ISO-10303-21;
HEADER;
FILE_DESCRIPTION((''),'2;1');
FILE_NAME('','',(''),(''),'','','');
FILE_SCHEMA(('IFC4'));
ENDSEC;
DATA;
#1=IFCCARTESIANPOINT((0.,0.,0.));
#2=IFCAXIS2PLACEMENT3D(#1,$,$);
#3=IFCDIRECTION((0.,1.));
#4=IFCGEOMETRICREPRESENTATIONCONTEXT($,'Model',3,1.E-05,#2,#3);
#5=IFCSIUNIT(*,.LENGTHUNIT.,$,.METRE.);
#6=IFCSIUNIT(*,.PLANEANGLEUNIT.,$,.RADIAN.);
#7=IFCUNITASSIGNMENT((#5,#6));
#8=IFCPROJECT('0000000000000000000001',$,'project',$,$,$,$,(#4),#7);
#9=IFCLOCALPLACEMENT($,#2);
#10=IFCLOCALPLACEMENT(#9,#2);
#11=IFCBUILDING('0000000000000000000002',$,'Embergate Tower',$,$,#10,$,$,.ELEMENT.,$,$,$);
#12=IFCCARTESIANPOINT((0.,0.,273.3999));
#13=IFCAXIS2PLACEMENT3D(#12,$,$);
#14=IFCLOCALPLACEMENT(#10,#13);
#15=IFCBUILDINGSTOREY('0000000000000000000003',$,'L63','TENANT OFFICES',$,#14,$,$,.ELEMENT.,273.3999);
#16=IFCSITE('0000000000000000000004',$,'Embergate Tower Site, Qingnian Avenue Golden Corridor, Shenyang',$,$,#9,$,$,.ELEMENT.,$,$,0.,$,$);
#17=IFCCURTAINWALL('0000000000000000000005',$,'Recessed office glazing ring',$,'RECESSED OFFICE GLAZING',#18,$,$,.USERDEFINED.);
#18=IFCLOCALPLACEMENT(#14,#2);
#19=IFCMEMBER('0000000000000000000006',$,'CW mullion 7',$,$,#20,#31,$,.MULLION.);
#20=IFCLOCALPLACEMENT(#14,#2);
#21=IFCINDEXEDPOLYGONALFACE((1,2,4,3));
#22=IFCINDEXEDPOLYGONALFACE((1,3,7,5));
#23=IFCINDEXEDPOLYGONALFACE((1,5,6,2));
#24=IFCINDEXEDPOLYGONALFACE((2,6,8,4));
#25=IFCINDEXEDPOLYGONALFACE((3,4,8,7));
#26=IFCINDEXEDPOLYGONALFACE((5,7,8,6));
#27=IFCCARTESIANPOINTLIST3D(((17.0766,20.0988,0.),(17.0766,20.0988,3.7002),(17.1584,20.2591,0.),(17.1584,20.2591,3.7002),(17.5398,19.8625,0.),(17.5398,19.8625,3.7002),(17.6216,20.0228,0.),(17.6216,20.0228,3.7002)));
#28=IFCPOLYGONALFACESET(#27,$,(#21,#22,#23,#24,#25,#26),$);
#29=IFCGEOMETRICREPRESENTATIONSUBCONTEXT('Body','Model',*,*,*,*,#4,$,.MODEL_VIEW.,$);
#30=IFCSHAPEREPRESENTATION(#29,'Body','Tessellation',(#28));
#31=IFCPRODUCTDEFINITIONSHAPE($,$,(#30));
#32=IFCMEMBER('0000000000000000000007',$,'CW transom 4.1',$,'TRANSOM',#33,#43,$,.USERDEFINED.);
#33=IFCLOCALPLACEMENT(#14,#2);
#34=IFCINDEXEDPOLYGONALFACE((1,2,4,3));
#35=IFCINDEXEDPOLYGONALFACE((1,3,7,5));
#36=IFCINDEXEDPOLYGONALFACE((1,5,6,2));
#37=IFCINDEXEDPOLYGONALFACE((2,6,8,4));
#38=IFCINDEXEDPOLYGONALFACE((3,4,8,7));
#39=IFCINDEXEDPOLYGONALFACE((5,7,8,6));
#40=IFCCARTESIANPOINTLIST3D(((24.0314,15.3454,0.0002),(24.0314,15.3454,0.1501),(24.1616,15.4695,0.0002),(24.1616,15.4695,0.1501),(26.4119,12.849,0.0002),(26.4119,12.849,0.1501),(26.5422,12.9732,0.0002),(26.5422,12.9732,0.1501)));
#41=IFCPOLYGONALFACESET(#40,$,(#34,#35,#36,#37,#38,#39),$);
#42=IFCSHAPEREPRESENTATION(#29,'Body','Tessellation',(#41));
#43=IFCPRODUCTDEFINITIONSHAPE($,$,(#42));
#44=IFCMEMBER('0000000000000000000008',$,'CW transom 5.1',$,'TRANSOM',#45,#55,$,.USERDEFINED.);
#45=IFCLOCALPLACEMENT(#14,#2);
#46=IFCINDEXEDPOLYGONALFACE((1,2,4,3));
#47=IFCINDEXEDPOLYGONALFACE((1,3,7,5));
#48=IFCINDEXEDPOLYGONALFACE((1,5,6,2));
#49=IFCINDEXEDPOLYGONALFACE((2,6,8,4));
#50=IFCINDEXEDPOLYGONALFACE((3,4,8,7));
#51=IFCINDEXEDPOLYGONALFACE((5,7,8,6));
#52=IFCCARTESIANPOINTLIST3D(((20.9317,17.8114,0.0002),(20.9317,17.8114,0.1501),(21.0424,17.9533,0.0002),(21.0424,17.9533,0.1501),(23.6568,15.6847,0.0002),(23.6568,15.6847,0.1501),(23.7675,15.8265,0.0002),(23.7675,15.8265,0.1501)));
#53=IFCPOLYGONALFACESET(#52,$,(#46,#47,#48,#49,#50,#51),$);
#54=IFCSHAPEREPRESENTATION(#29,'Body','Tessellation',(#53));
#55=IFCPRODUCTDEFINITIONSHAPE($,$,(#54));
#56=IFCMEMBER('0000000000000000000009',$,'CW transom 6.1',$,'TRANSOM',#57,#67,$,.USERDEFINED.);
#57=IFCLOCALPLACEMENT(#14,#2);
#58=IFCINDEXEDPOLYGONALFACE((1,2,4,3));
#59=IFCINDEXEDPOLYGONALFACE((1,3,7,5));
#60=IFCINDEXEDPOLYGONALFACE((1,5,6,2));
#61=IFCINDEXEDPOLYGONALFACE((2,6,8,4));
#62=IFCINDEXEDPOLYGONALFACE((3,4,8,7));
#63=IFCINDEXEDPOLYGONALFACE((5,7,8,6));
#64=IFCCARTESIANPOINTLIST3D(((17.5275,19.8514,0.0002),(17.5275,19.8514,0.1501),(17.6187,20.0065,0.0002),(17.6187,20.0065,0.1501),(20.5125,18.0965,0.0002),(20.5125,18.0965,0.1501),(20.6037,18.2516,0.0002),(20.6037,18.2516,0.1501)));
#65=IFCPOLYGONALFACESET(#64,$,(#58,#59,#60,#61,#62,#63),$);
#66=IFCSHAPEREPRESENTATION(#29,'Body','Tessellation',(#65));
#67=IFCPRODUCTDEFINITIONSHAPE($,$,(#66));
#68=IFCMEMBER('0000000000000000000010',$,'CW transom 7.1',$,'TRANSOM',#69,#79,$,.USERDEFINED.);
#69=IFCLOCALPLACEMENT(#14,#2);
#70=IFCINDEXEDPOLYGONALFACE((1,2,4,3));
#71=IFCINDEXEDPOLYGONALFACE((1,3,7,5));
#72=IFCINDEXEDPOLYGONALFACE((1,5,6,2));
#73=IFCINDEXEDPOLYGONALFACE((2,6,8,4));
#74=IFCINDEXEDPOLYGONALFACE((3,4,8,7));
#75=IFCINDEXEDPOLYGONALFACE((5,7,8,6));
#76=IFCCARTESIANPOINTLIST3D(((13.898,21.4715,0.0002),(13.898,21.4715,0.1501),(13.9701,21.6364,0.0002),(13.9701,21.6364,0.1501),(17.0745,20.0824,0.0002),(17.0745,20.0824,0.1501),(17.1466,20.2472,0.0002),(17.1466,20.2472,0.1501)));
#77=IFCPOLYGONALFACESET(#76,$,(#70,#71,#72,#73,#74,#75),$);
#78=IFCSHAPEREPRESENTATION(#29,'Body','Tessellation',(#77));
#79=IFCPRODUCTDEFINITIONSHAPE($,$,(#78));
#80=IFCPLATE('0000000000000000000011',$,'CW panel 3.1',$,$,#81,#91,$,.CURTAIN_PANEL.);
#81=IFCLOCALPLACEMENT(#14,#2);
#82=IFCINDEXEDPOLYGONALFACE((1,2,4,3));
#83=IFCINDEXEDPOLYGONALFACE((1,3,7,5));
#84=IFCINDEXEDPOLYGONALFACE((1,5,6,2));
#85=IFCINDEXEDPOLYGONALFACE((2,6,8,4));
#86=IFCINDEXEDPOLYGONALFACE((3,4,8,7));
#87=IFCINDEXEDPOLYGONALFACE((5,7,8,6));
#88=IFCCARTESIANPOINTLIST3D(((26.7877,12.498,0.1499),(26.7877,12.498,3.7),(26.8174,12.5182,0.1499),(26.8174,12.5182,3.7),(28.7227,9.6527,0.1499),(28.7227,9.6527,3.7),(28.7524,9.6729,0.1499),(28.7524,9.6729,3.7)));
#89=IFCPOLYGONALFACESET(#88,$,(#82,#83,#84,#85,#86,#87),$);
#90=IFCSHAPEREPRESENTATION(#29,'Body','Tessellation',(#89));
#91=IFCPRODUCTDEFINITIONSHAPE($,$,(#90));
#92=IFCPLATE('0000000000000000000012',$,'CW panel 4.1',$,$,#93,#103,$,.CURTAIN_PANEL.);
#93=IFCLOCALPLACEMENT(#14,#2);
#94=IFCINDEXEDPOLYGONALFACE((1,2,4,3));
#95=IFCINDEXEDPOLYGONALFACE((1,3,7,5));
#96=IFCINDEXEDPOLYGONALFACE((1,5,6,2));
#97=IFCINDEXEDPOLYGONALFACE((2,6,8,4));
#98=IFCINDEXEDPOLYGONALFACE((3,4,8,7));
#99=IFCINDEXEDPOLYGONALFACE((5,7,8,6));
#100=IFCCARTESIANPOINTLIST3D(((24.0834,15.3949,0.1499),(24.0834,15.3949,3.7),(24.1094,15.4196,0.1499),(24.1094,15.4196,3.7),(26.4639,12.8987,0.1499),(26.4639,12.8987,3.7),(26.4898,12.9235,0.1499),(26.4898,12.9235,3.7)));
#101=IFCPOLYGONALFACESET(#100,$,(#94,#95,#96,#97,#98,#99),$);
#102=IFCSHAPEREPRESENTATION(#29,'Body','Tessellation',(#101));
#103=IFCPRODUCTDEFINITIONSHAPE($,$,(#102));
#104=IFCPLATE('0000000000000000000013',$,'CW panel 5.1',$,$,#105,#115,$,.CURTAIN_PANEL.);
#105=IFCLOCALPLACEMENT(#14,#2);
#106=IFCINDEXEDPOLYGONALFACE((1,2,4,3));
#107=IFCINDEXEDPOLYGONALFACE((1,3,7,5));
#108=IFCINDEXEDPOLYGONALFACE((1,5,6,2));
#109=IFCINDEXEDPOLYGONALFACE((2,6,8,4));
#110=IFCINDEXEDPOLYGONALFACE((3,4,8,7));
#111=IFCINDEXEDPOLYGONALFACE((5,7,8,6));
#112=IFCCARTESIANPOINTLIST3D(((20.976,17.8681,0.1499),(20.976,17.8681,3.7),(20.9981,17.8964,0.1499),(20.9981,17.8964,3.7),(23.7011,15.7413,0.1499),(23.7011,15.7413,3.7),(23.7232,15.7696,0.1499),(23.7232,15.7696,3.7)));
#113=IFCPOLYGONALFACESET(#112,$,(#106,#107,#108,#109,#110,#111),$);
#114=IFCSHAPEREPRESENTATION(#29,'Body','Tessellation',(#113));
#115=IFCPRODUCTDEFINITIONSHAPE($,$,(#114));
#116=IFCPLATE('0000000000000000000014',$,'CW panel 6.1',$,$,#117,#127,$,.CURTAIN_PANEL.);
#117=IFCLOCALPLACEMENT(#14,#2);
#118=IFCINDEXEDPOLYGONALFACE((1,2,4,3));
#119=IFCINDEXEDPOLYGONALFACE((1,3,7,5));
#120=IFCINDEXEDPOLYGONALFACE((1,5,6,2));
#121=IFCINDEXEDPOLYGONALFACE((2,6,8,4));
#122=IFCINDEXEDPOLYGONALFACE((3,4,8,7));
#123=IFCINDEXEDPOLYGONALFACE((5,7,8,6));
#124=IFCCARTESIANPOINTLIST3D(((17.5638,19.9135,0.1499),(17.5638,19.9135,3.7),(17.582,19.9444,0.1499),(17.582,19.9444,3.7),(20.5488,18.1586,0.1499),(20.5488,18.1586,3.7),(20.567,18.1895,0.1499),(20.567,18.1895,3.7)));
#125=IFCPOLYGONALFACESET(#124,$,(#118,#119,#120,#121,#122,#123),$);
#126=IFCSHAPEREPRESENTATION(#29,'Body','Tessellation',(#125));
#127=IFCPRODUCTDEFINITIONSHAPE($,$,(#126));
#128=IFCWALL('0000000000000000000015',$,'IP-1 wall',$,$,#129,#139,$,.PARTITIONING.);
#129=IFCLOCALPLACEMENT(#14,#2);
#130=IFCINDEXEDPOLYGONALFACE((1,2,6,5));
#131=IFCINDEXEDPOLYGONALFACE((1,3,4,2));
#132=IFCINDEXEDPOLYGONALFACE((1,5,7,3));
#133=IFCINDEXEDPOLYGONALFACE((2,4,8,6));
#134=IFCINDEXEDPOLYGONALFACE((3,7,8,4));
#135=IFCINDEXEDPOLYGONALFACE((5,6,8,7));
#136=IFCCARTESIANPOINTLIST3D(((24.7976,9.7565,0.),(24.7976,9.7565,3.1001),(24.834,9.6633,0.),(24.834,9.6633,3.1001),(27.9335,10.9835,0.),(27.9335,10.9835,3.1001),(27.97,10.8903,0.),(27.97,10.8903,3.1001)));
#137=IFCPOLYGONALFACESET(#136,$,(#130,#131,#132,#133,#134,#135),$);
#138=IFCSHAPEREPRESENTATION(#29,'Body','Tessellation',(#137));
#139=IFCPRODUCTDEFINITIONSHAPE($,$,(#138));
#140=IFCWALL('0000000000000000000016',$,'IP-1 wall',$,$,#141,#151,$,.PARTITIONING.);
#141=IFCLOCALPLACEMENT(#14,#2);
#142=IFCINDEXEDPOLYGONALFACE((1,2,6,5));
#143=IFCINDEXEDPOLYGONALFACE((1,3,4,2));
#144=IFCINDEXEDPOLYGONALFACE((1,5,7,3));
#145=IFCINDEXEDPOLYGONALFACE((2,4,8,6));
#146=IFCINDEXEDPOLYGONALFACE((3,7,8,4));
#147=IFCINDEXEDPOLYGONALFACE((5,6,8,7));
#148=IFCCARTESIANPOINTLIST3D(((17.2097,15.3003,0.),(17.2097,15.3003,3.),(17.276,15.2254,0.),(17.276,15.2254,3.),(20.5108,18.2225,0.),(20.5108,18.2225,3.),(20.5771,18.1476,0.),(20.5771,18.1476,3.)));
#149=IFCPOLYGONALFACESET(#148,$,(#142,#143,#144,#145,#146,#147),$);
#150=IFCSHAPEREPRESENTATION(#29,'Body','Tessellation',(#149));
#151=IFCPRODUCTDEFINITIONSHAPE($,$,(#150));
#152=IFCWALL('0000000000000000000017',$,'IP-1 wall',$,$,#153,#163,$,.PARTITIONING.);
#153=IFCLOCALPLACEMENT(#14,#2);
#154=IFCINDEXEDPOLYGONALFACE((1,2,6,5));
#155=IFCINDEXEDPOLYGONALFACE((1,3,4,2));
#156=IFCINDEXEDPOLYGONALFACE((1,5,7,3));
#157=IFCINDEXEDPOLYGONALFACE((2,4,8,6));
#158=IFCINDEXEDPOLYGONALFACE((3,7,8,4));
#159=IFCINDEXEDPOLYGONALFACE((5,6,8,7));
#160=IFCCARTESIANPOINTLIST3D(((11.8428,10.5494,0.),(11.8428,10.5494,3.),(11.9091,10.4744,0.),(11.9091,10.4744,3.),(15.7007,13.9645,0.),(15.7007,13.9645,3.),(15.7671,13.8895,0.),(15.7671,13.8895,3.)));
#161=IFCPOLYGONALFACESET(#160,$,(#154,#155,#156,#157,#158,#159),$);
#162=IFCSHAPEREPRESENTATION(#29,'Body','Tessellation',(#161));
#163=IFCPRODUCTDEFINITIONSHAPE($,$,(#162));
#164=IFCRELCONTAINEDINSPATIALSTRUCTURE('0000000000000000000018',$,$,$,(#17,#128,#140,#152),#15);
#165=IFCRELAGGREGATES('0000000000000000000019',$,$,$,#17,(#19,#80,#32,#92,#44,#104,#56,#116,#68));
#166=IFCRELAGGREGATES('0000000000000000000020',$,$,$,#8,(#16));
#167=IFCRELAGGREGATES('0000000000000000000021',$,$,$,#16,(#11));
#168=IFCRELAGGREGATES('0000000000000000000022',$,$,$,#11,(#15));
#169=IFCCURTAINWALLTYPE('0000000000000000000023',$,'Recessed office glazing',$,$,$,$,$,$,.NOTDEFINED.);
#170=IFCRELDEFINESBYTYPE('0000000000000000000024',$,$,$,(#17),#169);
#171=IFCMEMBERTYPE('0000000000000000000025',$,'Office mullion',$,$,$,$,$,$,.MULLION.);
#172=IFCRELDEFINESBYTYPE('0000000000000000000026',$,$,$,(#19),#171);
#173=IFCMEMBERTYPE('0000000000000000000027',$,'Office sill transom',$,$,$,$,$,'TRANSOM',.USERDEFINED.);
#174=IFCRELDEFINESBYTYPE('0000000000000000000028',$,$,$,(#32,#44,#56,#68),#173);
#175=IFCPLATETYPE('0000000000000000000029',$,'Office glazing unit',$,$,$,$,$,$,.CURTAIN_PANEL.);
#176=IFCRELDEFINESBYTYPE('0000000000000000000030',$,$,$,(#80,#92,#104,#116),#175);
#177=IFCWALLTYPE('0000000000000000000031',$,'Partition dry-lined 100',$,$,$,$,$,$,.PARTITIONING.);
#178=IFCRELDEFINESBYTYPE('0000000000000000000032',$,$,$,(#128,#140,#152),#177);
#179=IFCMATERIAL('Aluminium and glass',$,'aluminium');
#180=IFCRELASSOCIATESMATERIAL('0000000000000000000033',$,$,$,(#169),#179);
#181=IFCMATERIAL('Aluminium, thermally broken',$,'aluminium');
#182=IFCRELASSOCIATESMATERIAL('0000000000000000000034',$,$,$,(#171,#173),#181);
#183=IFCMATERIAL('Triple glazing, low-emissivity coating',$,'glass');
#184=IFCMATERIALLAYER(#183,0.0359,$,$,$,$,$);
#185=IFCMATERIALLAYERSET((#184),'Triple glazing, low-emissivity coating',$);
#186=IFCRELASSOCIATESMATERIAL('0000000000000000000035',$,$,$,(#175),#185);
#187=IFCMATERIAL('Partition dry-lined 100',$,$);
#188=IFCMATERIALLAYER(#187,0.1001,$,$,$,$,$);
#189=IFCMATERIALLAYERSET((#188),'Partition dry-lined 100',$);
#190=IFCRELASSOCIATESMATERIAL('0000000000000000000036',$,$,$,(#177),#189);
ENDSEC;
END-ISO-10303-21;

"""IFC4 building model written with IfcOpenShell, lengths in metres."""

from ifc_helpers import new_model, si_unit, direction, frame, frame_2d, origin, origin_2d, place, context, subcontext, project, spatial, rectangle, extrude, source, transform, mapped, material, layer, layer_set, material_profile, profile_set, type_object, element, aggregate, save


model = new_model("IFC4")

# Units and contexts
model_context = context("Model", 3, precision=1e-05, world=origin(), true_north=direction((0.0, 1.0)))
body_context = subcontext(model_context, "Body", "Model", "MODEL_VIEW")
ifc_project = project(units=[si_unit("LENGTHUNIT", "METRE"), si_unit("PLANEANGLEUNIT", "RADIAN")], contexts=[model_context])

# Site, building, storey
site_placement = place(None, origin())
site = spatial("IfcSite", under=ifc_project, at=site_placement, Name="Embergate Tower Site, Qingnian Avenue Golden Corridor, Shenyang", CompositionType="ELEMENT", RefElevation=0.0)
building_placement = place(site_placement, origin())
building = spatial("IfcBuilding", under=site, at=building_placement, Name="Embergate Tower", CompositionType="ELEMENT")
storey_placement = place(building_placement, frame((0.0, 0.0, 273.3999)))
storey = spatial("IfcBuildingStorey", under=building, at=storey_placement, Name="L63", Description="TENANT OFFICES", CompositionType="ELEMENT", Elevation=273.3999)

# Curtain wall, members, plates
ifc_material_1 = material(Name="Aluminium and glass", Category="aluminium")
curtain_wall_type = type_object("IfcCurtainWallType", Name="Recessed office glazing", PredefinedType="NOTDEFINED", material=ifc_material_1)
curtain_wall_placement = place(storey_placement, origin())
curtain_wall = element("IfcCurtainWall", 1, at=curtain_wall_placement, inside=storey, type_object=curtain_wall_type, Name="Recessed office glazing ring", ObjectType="RECESSED OFFICE GLAZING", PredefinedType="USERDEFINED")
ifc_material_2 = material(Name="Aluminium, thermally broken", Category="aluminium")
ifc_material_profile_1 = material_profile(ifc_material_2, rectangle(XDim=0.1799, YDim=0.52, at=origin_2d()), Name="AL 520x180")
ifc_profile_set_1 = profile_set([ifc_material_profile_1], Name="Aluminium, thermally broken")
member_type_1 = type_object("IfcMemberType", Name="Office mullion", PredefinedType="MULLION", material=ifc_profile_set_1)
shared_shape_1 = source(origin(), body_context, "Body", "SweptSolid", [
    extrude(rectangle(XDim=0.1799, YDim=0.52, at=origin_2d()), origin(), (0.0, 0.0, 1.0), 3.7002),
])
member_1_placement = place(storey_placement, frame((17.3491, 20.0608, 0.0), z_axis=(0.0, 0.0, 1.0), x_axis=(-0.454504, -0.890745, 0.0)))
member_1 = element("IfcMember", 2, at=member_1_placement, type_object=member_type_1, Name="CW mullion 7", PredefinedType="MULLION", context=body_context, shape_type="MappedRepresentation", body=[
    mapped(shared_shape_1, transform((0.0, 0.0, 0.0))),
])
ifc_material_profile_2 = material_profile(ifc_material_2, rectangle(XDim=0.1799, YDim=0.1499, at=origin_2d()), Name="AL 150x180")
ifc_profile_set_2 = profile_set([ifc_material_profile_2], Name="Aluminium, thermally broken")
member_type_2 = type_object("IfcMemberType", Name="Office sill transom", ElementType="TRANSOM", PredefinedType="USERDEFINED", material=ifc_profile_set_2)
shared_shape_2 = source(origin(), body_context, "Body", "SweptSolid", [
    extrude(rectangle(XDim=0.1799, YDim=0.1499, at=origin_2d()), origin(), (0.0, 0.0, 1.0), 3.4495),
])
member_2_placement = place(storey_placement, frame((26.4771, 12.9111, 0.0752), z_axis=(-0.690134, 0.723682, 0.0), x_axis=(-0.723682, -0.690134, 0.0)))
member_2 = element("IfcMember", 3, at=member_2_placement, type_object=member_type_2, Name="CW transom 4.1", ObjectType="TRANSOM", PredefinedType="USERDEFINED", context=body_context, shape_type="MappedRepresentation", body=[
    mapped(shared_shape_2, transform((0.0, 0.0, 0.0))),
])
shared_shape_3 = source(origin(), body_context, "Body", "SweptSolid", [
    extrude(rectangle(XDim=0.1799, YDim=0.1499, at=origin_2d()), origin(), (0.0, 0.0, 1.0), 3.4568),
])
member_3_placement = place(storey_placement, frame((23.7122, 15.7556, 0.0752), z_axis=(-0.788343, 0.615236, 0.0), x_axis=(-0.615236, -0.788343, 0.0)))
member_3 = element("IfcMember", 4, at=member_3_placement, type_object=member_type_2, Name="CW transom 5.1", ObjectType="TRANSOM", PredefinedType="USERDEFINED", context=body_context, shape_type="MappedRepresentation", body=[
    mapped(shared_shape_3, transform((0.0, 0.0, 0.0))),
])
shared_shape_4 = source(origin(), body_context, "Body", "SweptSolid", [
    extrude(rectangle(XDim=0.1799, YDim=0.1499, at=origin_2d()), origin(), (0.0, 0.0, 1.0), 3.4626),
])
member_4_placement = place(storey_placement, frame((20.5581, 18.1741, 0.0752), z_axis=(-0.862068, 0.506792, 0.0), x_axis=(-0.506792, -0.862068, 0.0)))
member_4 = element("IfcMember", 5, at=member_4_placement, type_object=member_type_2, Name="CW transom 6.1", ObjectType="TRANSOM", PredefinedType="USERDEFINED", context=body_context, shape_type="MappedRepresentation", body=[
    mapped(shared_shape_4, transform((0.0, 0.0, 0.0))),
])
shared_shape_5 = source(origin(), body_context, "Body", "SweptSolid", [
    extrude(rectangle(XDim=0.1799, YDim=0.1499, at=origin_2d()), origin(), (0.0, 0.0, 1.0), 3.467),
])
member_5_placement = place(storey_placement, frame((17.1106, 20.1648, 0.0752), z_axis=(-0.916217, 0.400682, 0.0), x_axis=(-0.400682, -0.916217, 0.0)))
member_5 = element("IfcMember", 6, at=member_5_placement, type_object=member_type_2, Name="CW transom 7.1", ObjectType="TRANSOM", PredefinedType="USERDEFINED", context=body_context, shape_type="MappedRepresentation", body=[
    mapped(shared_shape_5, transform((0.0, 0.0, 0.0))),
])
ifc_material_3 = material(Name="Triple glazing, low-emissivity coating", Category="glass")
ifc_layer_1 = layer(ifc_material_3, 0.0359)
ifc_layer_set_1 = layer_set([ifc_layer_1], Name="Triple glazing, low-emissivity coating")
plate_type = type_object("IfcPlateType", Name="Office glazing unit", PredefinedType="CURTAIN_PANEL", material=ifc_layer_set_1)
shared_shape_6 = source(origin(), body_context, "Body", "SweptSolid", [
    extrude(rectangle(XDim=3.4409, YDim=0.0359, at=origin_2d()), origin(), (0.0, 0.0, 1.0), 3.55),
])
plate_1_placement = place(storey_placement, frame((27.77, 11.0854, 0.1499), z_axis=(0.0, 0.0, 1.0), x_axis=(-0.562349, 0.8269, 0.0)))
plate_1 = element("IfcPlate", 7, at=plate_1_placement, type_object=plate_type, Name="CW panel 3.1", PredefinedType="CURTAIN_PANEL", context=body_context, shape_type="MappedRepresentation", body=[
    mapped(shared_shape_6, transform((0.0, 0.0, 0.0))),
])
shared_shape_7 = source(origin(), body_context, "Body", "SweptSolid", [
    extrude(rectangle(XDim=3.4492, YDim=0.0359, at=origin_2d()), origin(), (0.0, 0.0, 1.0), 3.55),
])
plate_2_placement = place(storey_placement, frame((25.2866, 14.1592, 0.1499), z_axis=(0.0, 0.0, 1.0), x_axis=(-0.690139, 0.723677, 0.0)))
plate_2 = element("IfcPlate", 8, at=plate_2_placement, type_object=plate_type, Name="CW panel 4.1", PredefinedType="CURTAIN_PANEL", context=body_context, shape_type="MappedRepresentation", body=[
    mapped(shared_shape_7, transform((0.0, 0.0, 0.0))),
])
shared_shape_8 = source(origin(), body_context, "Body", "SweptSolid", [
    extrude(rectangle(XDim=3.4568, YDim=0.0359, at=origin_2d()), origin(), (0.0, 0.0, 1.0), 3.55),
])
plate_3_placement = place(storey_placement, frame((22.3496, 16.8188, 0.1499), z_axis=(0.0, 0.0, 1.0), x_axis=(-0.788323, 0.615261, 0.0)))
plate_3 = element("IfcPlate", 9, at=plate_3_placement, type_object=plate_type, Name="CW panel 5.1", PredefinedType="CURTAIN_PANEL", context=body_context, shape_type="MappedRepresentation", body=[
    mapped(shared_shape_8, transform((0.0, 0.0, 0.0))),
])
shared_shape_9 = source(origin(), body_context, "Body", "SweptSolid", [
    extrude(rectangle(XDim=3.4626, YDim=0.0359, at=origin_2d()), origin(), (0.0, 0.0, 1.0), 3.55),
])
plate_4_placement = place(storey_placement, frame((19.0654, 19.0515, 0.1499), z_axis=(0.0, 0.0, 1.0), x_axis=(-0.862055, 0.506815, 0.0)))
plate_4 = element("IfcPlate", 10, at=plate_4_placement, type_object=plate_type, Name="CW panel 6.1", PredefinedType="CURTAIN_PANEL", context=body_context, shape_type="MappedRepresentation", body=[
    mapped(shared_shape_9, transform((0.0, 0.0, 0.0))),
])
aggregate(curtain_wall, [member_1, plate_1, member_2, plate_2, member_3, plate_3, member_4, plate_4, member_5])

# Walls
ifc_material_4 = material(Name="Partition dry-lined 100")
ifc_layer_2 = layer(ifc_material_4, 0.1001)
ifc_layer_set_2 = layer_set([ifc_layer_2], Name="Partition dry-lined 100")
wall_type = type_object("IfcWallType", Name="Partition dry-lined 100", PredefinedType="PARTITIONING", material=ifc_layer_set_2)
shared_shape_10 = source(origin(), body_context, "Body", "SweptSolid", [
    extrude(rectangle(XDim=3.3674, YDim=0.1001, at=frame_2d((1.6836, 0.0))), origin(), (0.0, 0.0, 1.0), 3.1001),
])
wall_1_placement = place(storey_placement, frame((24.8159, 9.71, 0.0), z_axis=(0.0, 0.0, 1.0), x_axis=(0.93125, 0.36438, 0.0)))
element("IfcWall", 11, at=wall_1_placement, inside=storey, type_object=wall_type, Name="IP-1 wall", PredefinedType="PARTITIONING", context=body_context, shape_type="MappedRepresentation", body=[
    mapped(shared_shape_10, transform((0.0, 0.0, 0.0))),
])
shared_shape_11 = source(origin(), body_context, "Body", "SweptSolid", [
    extrude(rectangle(XDim=4.4087, YDim=0.1001, at=frame_2d((2.2043, 0.0))), origin(), (0.0, 0.0, 1.0), 3.0),
])
wall_2_placement = place(storey_placement, frame((20.5439, 18.1851, 0.0), z_axis=(0.0, 0.0, 1.0), x_axis=(-0.748773, -0.662826, 0.0)))
element("IfcWall", 12, at=wall_2_placement, inside=storey, type_object=wall_type, Name="IP-1 wall", PredefinedType="PARTITIONING", context=body_context, shape_type="MappedRepresentation", body=[
    mapped(shared_shape_11, transform((0.0, 0.0, 0.0))),
])
shared_shape_12 = source(origin(), body_context, "Body", "SweptSolid", [
    extrude(rectangle(XDim=5.1523, YDim=0.1001, at=frame_2d((2.5762, 0.0))), origin(), (0.0, 0.0, 1.0), 3.0),
])
wall_3_placement = place(storey_placement, frame((15.7339, 13.927, 0.0), z_axis=(0.0, 0.0, 1.0), x_axis=(-0.748778, -0.662821, 0.0)))
element("IfcWall", 13, at=wall_3_placement, inside=storey, type_object=wall_type, Name="IP-1 wall", PredefinedType="PARTITIONING", context=body_context, shape_type="MappedRepresentation", body=[
    mapped(shared_shape_12, transform((0.0, 0.0, 0.0))),
])

save(model, "model.ifc")
